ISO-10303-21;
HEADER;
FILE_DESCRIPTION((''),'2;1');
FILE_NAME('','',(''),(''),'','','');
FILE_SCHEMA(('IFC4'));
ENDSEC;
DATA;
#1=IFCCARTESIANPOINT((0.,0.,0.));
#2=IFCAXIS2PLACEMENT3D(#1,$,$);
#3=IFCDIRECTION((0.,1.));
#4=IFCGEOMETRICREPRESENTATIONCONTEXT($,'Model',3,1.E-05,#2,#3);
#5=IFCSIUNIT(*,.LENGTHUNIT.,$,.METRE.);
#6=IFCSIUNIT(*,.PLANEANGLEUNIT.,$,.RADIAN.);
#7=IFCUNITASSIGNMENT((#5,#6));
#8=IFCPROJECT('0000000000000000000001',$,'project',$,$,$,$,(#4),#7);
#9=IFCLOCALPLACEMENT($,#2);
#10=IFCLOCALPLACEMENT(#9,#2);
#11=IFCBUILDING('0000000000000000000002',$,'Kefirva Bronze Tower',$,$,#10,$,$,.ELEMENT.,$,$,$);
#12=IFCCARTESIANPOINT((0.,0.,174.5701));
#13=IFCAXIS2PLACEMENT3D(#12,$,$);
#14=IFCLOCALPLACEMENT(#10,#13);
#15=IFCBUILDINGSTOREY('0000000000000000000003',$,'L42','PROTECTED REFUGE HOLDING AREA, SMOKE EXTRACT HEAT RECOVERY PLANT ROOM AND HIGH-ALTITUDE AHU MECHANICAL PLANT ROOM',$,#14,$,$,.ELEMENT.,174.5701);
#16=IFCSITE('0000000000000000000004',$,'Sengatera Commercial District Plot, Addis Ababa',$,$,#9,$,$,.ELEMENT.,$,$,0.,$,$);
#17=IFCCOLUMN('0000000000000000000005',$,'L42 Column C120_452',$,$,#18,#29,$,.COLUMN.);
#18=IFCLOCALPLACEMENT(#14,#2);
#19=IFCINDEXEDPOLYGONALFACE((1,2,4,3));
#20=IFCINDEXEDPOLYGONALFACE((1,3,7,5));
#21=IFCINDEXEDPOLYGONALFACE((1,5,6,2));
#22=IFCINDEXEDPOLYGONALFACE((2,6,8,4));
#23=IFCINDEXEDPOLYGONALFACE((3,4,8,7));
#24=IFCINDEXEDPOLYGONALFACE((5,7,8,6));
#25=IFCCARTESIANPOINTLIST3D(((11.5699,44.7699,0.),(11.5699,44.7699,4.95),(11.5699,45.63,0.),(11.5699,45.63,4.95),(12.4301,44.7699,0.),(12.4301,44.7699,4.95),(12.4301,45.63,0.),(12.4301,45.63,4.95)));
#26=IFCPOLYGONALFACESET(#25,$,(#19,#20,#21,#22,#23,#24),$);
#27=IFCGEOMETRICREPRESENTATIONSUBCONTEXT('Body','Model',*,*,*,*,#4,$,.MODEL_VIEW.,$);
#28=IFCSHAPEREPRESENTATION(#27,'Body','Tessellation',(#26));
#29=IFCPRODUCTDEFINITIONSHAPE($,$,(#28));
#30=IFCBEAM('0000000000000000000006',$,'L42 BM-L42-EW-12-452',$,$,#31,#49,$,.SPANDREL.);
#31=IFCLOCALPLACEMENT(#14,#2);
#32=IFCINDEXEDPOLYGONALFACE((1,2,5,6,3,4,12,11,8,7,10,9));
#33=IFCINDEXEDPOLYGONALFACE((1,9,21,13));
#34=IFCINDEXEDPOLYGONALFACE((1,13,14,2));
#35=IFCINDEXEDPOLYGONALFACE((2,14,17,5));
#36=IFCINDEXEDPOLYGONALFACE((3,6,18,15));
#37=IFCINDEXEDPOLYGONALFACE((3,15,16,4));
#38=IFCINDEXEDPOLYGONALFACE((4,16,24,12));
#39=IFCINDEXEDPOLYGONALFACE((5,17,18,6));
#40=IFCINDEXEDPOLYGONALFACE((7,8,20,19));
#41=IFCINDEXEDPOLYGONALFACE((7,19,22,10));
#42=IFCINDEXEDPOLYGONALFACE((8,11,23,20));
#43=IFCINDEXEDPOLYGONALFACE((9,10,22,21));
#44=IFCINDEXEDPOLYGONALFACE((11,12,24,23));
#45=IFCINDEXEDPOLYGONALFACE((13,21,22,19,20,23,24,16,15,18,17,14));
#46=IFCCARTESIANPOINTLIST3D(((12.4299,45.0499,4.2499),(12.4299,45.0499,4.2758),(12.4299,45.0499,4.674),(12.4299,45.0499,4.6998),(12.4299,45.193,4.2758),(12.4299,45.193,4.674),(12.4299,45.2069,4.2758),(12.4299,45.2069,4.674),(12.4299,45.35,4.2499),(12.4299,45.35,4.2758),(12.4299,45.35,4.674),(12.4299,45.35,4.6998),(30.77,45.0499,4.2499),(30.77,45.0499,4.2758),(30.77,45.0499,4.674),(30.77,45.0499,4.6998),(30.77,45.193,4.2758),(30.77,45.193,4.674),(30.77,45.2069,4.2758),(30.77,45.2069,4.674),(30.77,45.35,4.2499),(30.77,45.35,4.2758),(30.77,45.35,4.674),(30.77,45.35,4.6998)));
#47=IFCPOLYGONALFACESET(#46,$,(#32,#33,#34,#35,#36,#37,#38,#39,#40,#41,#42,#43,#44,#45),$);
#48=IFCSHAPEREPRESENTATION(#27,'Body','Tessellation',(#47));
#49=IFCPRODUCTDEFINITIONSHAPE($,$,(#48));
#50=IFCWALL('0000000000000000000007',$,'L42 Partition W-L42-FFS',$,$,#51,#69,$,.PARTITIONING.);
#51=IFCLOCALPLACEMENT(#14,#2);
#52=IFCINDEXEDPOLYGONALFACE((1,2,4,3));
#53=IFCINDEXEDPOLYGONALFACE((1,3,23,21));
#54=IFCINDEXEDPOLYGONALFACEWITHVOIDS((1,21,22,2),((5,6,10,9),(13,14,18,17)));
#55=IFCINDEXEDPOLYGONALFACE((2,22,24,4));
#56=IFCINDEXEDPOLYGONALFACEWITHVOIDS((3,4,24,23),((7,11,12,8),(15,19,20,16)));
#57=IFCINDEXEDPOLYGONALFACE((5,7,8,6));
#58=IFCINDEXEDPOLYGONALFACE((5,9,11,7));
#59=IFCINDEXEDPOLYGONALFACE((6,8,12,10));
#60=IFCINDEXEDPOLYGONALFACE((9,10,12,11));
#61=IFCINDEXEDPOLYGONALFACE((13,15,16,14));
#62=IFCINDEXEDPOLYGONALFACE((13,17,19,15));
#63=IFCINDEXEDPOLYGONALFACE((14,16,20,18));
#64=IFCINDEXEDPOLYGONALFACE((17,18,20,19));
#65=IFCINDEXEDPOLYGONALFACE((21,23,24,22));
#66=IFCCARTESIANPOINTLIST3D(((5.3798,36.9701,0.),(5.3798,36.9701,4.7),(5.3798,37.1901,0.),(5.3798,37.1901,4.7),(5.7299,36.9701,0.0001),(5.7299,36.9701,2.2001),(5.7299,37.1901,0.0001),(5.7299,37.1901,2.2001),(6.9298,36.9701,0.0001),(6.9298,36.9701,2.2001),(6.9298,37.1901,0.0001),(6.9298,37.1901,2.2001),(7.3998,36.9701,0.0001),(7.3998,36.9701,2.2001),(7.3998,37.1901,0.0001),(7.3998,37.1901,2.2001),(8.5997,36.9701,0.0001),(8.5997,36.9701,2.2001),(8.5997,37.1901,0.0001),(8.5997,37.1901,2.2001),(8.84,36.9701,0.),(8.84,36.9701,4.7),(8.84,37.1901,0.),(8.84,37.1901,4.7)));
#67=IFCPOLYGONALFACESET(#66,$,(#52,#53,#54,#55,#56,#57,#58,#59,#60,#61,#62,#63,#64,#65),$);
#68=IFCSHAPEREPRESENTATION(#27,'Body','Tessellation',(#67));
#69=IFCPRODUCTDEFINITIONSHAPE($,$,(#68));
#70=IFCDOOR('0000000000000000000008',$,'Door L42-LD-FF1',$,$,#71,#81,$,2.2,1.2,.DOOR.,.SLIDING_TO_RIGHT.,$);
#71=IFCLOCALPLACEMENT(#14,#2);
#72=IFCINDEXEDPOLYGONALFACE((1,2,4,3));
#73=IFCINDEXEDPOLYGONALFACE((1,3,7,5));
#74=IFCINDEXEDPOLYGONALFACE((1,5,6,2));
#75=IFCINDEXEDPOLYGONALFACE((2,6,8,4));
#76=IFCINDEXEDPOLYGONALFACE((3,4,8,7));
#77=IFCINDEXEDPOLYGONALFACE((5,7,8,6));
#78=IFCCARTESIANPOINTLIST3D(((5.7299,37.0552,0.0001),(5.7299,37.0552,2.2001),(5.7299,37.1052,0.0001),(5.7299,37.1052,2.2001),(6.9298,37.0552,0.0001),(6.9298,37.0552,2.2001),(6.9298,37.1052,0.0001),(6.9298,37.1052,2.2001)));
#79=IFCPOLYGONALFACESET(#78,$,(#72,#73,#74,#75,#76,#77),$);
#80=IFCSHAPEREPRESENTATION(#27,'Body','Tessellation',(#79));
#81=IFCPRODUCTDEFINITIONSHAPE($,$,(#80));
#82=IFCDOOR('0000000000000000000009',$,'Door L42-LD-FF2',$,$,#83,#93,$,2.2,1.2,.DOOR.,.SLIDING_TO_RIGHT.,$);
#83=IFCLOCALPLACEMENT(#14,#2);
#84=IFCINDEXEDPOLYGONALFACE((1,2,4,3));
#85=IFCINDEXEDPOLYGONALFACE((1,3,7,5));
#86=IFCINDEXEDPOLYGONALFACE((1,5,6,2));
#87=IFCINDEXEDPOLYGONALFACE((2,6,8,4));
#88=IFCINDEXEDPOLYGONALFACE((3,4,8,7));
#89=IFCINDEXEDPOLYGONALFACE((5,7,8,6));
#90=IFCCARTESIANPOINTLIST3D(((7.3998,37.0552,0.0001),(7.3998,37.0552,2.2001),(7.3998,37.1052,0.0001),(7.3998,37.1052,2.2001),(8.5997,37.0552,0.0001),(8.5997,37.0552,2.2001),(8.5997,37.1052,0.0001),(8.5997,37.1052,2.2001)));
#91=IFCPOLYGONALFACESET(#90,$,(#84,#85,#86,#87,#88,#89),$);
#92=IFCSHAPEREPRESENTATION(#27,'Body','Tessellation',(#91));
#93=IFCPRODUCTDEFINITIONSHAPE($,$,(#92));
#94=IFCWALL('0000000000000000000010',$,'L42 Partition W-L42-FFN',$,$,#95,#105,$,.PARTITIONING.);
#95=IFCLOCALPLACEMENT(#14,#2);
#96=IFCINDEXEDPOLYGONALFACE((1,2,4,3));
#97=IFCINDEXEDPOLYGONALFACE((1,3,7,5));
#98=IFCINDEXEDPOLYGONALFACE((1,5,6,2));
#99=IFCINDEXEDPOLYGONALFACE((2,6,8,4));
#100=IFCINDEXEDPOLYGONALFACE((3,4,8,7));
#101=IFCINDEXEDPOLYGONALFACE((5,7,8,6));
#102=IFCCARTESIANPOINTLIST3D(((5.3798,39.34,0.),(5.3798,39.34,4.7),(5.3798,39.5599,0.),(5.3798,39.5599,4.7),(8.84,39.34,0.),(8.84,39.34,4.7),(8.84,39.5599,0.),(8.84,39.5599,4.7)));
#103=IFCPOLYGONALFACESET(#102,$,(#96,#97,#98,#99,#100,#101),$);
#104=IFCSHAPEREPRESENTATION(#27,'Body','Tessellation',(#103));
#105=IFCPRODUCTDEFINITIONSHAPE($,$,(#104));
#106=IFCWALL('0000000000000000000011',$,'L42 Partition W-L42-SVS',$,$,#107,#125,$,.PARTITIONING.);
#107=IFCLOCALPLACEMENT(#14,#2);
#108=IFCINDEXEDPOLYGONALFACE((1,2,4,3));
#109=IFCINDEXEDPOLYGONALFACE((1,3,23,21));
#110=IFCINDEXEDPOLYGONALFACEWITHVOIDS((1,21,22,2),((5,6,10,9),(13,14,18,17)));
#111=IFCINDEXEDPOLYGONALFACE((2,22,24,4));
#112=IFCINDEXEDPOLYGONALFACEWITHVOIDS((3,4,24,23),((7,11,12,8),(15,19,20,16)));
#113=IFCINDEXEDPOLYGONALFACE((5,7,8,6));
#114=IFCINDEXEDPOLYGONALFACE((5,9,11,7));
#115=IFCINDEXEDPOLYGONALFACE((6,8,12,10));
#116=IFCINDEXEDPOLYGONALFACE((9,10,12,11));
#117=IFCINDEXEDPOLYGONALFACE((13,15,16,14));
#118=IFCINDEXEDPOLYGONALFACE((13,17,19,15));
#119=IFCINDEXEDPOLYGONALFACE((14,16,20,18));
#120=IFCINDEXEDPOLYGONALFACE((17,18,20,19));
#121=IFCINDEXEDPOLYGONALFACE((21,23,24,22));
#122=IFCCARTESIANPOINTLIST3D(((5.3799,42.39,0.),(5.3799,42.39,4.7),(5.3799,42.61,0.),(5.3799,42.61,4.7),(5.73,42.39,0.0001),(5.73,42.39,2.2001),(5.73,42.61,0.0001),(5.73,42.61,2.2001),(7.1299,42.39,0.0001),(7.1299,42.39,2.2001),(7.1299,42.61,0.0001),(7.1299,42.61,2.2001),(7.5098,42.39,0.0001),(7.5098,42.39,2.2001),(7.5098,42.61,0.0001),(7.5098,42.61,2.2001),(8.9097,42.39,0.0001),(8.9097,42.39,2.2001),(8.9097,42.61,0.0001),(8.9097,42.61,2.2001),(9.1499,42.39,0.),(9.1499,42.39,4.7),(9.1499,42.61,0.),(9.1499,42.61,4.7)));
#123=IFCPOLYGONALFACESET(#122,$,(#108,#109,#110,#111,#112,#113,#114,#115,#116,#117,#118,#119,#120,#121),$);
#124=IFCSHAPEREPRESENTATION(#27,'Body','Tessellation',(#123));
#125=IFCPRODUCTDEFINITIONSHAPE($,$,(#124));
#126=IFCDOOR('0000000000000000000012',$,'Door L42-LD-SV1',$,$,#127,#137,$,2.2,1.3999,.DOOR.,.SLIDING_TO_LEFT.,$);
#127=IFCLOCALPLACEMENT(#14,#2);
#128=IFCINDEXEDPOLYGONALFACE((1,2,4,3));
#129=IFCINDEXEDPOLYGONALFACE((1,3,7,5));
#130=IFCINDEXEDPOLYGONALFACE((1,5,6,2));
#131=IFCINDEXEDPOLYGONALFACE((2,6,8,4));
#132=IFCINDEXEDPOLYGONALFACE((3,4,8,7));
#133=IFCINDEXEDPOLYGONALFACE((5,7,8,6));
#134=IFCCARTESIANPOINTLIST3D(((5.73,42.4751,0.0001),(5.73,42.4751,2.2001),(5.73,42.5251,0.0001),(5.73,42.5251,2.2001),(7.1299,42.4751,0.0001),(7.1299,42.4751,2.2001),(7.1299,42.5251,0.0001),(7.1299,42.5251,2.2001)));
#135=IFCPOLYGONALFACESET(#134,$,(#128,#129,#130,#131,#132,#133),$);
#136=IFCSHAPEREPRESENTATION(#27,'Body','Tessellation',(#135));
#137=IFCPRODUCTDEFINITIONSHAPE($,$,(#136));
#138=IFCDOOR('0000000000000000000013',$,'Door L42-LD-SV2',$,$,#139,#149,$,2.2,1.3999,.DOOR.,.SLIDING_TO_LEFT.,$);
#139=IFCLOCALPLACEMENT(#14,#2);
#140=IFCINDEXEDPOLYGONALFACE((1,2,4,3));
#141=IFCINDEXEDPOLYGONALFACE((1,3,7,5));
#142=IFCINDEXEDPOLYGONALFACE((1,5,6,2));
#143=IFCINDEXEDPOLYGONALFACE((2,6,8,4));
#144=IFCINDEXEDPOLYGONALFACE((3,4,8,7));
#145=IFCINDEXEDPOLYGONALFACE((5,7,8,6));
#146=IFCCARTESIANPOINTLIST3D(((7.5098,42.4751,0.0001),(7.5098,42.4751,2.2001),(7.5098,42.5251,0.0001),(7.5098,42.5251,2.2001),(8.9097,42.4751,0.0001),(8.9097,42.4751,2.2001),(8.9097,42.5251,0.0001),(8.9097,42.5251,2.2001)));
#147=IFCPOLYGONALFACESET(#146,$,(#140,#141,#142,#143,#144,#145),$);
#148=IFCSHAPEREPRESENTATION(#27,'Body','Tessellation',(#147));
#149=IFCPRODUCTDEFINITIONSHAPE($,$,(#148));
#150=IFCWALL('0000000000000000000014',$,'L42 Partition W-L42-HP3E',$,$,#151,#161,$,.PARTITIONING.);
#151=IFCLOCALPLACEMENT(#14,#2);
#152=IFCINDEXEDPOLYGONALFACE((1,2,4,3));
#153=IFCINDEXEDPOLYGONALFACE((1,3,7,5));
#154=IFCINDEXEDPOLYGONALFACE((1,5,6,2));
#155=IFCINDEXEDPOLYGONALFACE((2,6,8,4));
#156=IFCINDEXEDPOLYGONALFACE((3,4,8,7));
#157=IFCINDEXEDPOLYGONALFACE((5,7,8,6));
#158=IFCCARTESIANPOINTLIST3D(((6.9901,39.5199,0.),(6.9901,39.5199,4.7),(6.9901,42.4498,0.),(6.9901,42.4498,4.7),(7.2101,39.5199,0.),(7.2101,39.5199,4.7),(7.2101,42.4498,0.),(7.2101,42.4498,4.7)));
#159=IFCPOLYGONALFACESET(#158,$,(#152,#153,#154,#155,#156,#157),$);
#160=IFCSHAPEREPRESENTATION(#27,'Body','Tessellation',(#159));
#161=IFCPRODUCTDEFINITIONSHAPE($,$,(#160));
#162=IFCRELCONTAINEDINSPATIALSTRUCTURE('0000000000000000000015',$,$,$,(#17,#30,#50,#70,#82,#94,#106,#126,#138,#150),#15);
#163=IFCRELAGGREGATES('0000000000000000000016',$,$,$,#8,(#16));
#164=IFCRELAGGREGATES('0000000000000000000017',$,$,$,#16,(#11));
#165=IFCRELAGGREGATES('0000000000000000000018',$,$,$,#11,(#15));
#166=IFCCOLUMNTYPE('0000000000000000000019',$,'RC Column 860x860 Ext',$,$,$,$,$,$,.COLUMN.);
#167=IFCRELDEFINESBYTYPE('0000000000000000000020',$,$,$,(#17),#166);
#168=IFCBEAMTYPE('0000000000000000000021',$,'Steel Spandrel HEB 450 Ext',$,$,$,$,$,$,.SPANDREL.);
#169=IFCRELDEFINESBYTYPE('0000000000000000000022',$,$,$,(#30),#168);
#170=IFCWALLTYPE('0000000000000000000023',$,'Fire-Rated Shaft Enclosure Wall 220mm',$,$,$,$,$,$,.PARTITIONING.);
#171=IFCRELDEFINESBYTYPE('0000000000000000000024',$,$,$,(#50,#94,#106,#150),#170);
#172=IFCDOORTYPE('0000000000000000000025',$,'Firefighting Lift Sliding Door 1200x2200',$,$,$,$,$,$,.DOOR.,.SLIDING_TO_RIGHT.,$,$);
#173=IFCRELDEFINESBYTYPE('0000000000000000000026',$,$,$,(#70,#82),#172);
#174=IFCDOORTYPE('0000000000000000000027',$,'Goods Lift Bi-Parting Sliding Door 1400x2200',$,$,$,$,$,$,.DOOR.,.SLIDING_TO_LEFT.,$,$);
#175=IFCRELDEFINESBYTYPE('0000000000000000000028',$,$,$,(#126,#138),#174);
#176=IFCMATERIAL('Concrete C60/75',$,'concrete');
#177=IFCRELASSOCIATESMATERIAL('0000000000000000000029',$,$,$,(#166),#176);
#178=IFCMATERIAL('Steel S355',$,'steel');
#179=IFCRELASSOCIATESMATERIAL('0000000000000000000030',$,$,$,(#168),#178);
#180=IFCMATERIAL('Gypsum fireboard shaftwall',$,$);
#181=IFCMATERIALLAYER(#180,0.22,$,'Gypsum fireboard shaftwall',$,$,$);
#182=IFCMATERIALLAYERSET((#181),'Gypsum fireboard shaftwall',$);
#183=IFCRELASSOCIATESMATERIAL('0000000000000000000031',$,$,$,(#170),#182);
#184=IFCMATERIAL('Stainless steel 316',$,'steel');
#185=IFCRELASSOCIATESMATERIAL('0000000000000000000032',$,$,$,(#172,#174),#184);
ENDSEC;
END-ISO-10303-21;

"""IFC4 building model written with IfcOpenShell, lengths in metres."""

from ifc_helpers import new_model, si_unit, direction, frame, frame_2d, origin, origin_2d, place, context, subcontext, project, spatial, rectangle, i_section, extrude, material, layer, layer_set, material_profile, profile_set, type_object, element, fill, save


model = new_model("IFC4")

# Units and contexts
model_context = context("Model", 3, precision=1e-05, world=origin(), true_north=direction((0.0, 1.0)))
body_context = subcontext(model_context, "Body", "Model", "MODEL_VIEW")
ifc_project = project(units=[si_unit("LENGTHUNIT", "METRE"), si_unit("PLANEANGLEUNIT", "RADIAN")], contexts=[model_context])

# Site, building, storey
site_placement = place(None, origin())
site = spatial("IfcSite", under=ifc_project, at=site_placement, Name="Sengatera Commercial District Plot, Addis Ababa", CompositionType="ELEMENT", RefElevation=0.0)
building_placement = place(site_placement, origin())
building = spatial("IfcBuilding", under=site, at=building_placement, Name="Kefirva Bronze Tower", CompositionType="ELEMENT")
storey_placement = place(building_placement, frame((0.0, 0.0, 174.5701)))
storey = spatial("IfcBuildingStorey", under=building, at=storey_placement, Name="L42", Description="PROTECTED REFUGE HOLDING AREA, SMOKE EXTRACT HEAT RECOVERY PLANT ROOM AND HIGH-ALTITUDE AHU MECHANICAL PLANT ROOM", CompositionType="ELEMENT", Elevation=174.5701)

# Column
ifc_material_1 = material(Name="Concrete C60/75", Category="concrete")
ifc_material_profile_1 = material_profile(ifc_material_1, rectangle(XDim=0.8601, YDim=0.8601, at=origin_2d()), Name="RC 860x860")
ifc_profile_set_1 = profile_set([ifc_material_profile_1], Name="Concrete C60/75")
column_type = type_object("IfcColumnType", Name="RC Column 860x860 Ext", PredefinedType="COLUMN", material=ifc_profile_set_1)
column_placement = place(storey_placement, frame((12.0, 45.2, 0.0), z_axis=(0.0, 0.0, 1.0), x_axis=(1.0, 0.0, 0.0)))
element("IfcColumn", 1, at=column_placement, inside=storey, type_object=column_type, Name="L42 Column C120_452", PredefinedType="COLUMN", context=body_context, shape_type="SweptSolid", body=[
    extrude(rectangle(XDim=0.8601, YDim=0.8601, at=origin_2d()), origin(), (0.0, 0.0, 1.0), 4.95),
])

# Beam
ifc_material_2 = material(Name="Steel S355", Category="steel")
ifc_material_profile_2 = material_profile(ifc_material_2, i_section(OverallWidth=0.3, OverallDepth=0.45, WebThickness=0.0139, FlangeThickness=0.0259, at=origin_2d()), Name="HEB 450")
ifc_profile_set_2 = profile_set([ifc_material_profile_2], Name="Steel S355")
beam_type = type_object("IfcBeamType", Name="Steel Spandrel HEB 450 Ext", PredefinedType="SPANDREL", material=ifc_profile_set_2)
beam_placement = place(storey_placement, frame((12.4299, 45.2, 4.4749), z_axis=(1.0, 0.0, 0.0), x_axis=(0.0, 1.0, 0.0)))
element("IfcBeam", 2, at=beam_placement, inside=storey, type_object=beam_type, Name="L42 BM-L42-EW-12-452", PredefinedType="SPANDREL", context=body_context, shape_type="SweptSolid", body=[
    extrude(i_section(OverallWidth=0.3, OverallDepth=0.45, WebThickness=0.0139, FlangeThickness=0.0259, at=origin_2d()), origin(), (0.0, 0.0, 1.0), 18.3401),
])

# Wall, openings, doors
ifc_material_3 = material(Name="Gypsum fireboard shaftwall")
ifc_layer_1 = layer(ifc_material_3, 0.22, Name="Gypsum fireboard shaftwall")
ifc_layer_set_1 = layer_set([ifc_layer_1], Name="Gypsum fireboard shaftwall")
wall_type_1 = type_object("IfcWallType", Name="Fire-Rated Shaft Enclosure Wall 220mm", PredefinedType="PARTITIONING", material=ifc_layer_set_1)
wall_1_placement = place(storey_placement, frame((5.3799, 37.0801, 0.0), z_axis=(0.0, 0.0, 1.0), x_axis=(1.0, 0.0, 0.0)))
wall_1 = element("IfcWall", 3, at=wall_1_placement, inside=storey, type_object=wall_type_1, Name="L42 Partition W-L42-FFS", PredefinedType="PARTITIONING", context=body_context, shape_type="SweptSolid", body=[
    extrude(rectangle(XDim=3.4602, YDim=0.22, at=frame_2d((1.73, 0.0))), origin(), (0.0, 0.0, 1.0), 4.7),
])
opening_1_placement = place(wall_1_placement, frame((1.55, 0.0, 0.0), z_axis=(0.0, 0.0, 1.0), x_axis=(-1.0, 0.0, 0.0)))
opening_1 = element("IfcOpeningElement", 4, at=opening_1_placement, cuts=wall_1, PredefinedType="OPENING", context=body_context, shape_type="SweptSolid", body=[
    extrude(rectangle(XDim=1.2, YDim=2.2, at=frame_2d((0.6001, 1.1001))), frame((0.0, 0.1201, 0.0), z_axis=(0.0, -1.0, 0.0), x_axis=(1.0, 0.0, 0.0)), (0.0, 0.0, 1.0), 0.24),
])
opening_2_placement = place(wall_1_placement, frame((3.22, 0.0, 0.0), z_axis=(0.0, 0.0, 1.0), x_axis=(-1.0, 0.0, 0.0)))
opening_2 = element("IfcOpeningElement", 5, at=opening_2_placement, cuts=wall_1, PredefinedType="OPENING", context=body_context, shape_type="SweptSolid", body=[
    extrude(rectangle(XDim=1.2, YDim=2.2, at=frame_2d((0.6001, 1.1001))), frame((0.0, 0.1201, 0.0), z_axis=(0.0, -1.0, 0.0), x_axis=(1.0, 0.0, 0.0)), (0.0, 0.0, 1.0), 0.24),
])
ifc_material_4 = material(Name="Stainless steel 316", Category="steel")
door_type_1 = type_object("IfcDoorType", Name="Firefighting Lift Sliding Door 1200x2200", OperationType="SLIDING_TO_RIGHT", PredefinedType="DOOR", material=ifc_material_4)
door_1_placement = place(opening_1_placement, origin())
door_1 = element("IfcDoor", 6, at=door_1_placement, inside=storey, type_object=door_type_1, Name="Door L42-LD-FF1", OperationType="SLIDING_TO_RIGHT", OverallHeight=2.2, OverallWidth=1.2, PredefinedType="DOOR", context=body_context, shape_type="SweptSolid", body=[
    extrude(rectangle(XDim=1.2, YDim=2.2, at=frame_2d((0.6001, 1.1001))), frame((0.0, 0.0249, 0.0), z_axis=(0.0, -1.0, 0.0), x_axis=(1.0, 0.0, 0.0)), (0.0, 0.0, 1.0), 0.05),
])
fill(opening_1, door_1)
door_2_placement = place(opening_2_placement, origin())
door_2 = element("IfcDoor", 7, at=door_2_placement, inside=storey, type_object=door_type_1, Name="Door L42-LD-FF2", OperationType="SLIDING_TO_RIGHT", OverallHeight=2.2, OverallWidth=1.2, PredefinedType="DOOR", context=body_context, shape_type="SweptSolid", body=[
    extrude(rectangle(XDim=1.2, YDim=2.2, at=frame_2d((0.6001, 1.1001))), frame((0.0, 0.0249, 0.0), z_axis=(0.0, -1.0, 0.0), x_axis=(1.0, 0.0, 0.0)), (0.0, 0.0, 1.0), 0.05),
])
fill(opening_2, door_2)

# Wall
wall_2_placement = place(storey_placement, frame((5.3799, 39.45, 0.0), z_axis=(0.0, 0.0, 1.0), x_axis=(1.0, 0.0, 0.0)))
element("IfcWall", 8, at=wall_2_placement, inside=storey, type_object=wall_type_1, Name="L42 Partition W-L42-FFN", PredefinedType="PARTITIONING", context=body_context, shape_type="SweptSolid", body=[
    extrude(rectangle(XDim=3.4602, YDim=0.22, at=frame_2d((1.73, 0.0))), origin(), (0.0, 0.0, 1.0), 4.7),
])

# Wall, openings, doors
wall_3_placement = place(storey_placement, frame((5.3799, 42.5, 0.0), z_axis=(0.0, 0.0, 1.0), x_axis=(1.0, 0.0, 0.0)))
wall_3 = element("IfcWall", 9, at=wall_3_placement, inside=storey, type_object=wall_type_1, Name="L42 Partition W-L42-SVS", PredefinedType="PARTITIONING", context=body_context, shape_type="SweptSolid", body=[
    extrude(rectangle(XDim=3.77, YDim=0.22, at=frame_2d((1.885, 0.0))), origin(), (0.0, 0.0, 1.0), 4.7),
])
opening_3_placement = place(wall_3_placement, frame((1.75, 0.0, 0.0), z_axis=(0.0, 0.0, 1.0), x_axis=(-1.0, 0.0, 0.0)))
opening_3 = element("IfcOpeningElement", 10, at=opening_3_placement, cuts=wall_3, PredefinedType="OPENING", context=body_context, shape_type="SweptSolid", body=[
    extrude(rectangle(XDim=1.3999, YDim=2.2, at=frame_2d((0.7, 1.1001))), frame((0.0, 0.1201, 0.0), z_axis=(0.0, -1.0, 0.0), x_axis=(1.0, 0.0, 0.0)), (0.0, 0.0, 1.0), 0.24),
])
opening_4_placement = place(wall_3_placement, frame((3.5298, 0.0, 0.0), z_axis=(0.0, 0.0, 1.0), x_axis=(-1.0, 0.0, 0.0)))
opening_4 = element("IfcOpeningElement", 11, at=opening_4_placement, cuts=wall_3, PredefinedType="OPENING", context=body_context, shape_type="SweptSolid", body=[
    extrude(rectangle(XDim=1.3999, YDim=2.2, at=frame_2d((0.7, 1.1001))), frame((0.0, 0.1201, 0.0), z_axis=(0.0, -1.0, 0.0), x_axis=(1.0, 0.0, 0.0)), (0.0, 0.0, 1.0), 0.24),
])
door_type_2 = type_object("IfcDoorType", Name="Goods Lift Bi-Parting Sliding Door 1400x2200", OperationType="SLIDING_TO_LEFT", PredefinedType="DOOR", material=ifc_material_4)
door_3_placement = place(opening_3_placement, origin())
door_3 = element("IfcDoor", 12, at=door_3_placement, inside=storey, type_object=door_type_2, Name="Door L42-LD-SV1", OperationType="SLIDING_TO_LEFT", OverallHeight=2.2, OverallWidth=1.3999, PredefinedType="DOOR", context=body_context, shape_type="SweptSolid", body=[
    extrude(rectangle(XDim=1.3999, YDim=2.2, at=frame_2d((0.7, 1.1001))), frame((0.0, 0.0249, 0.0), z_axis=(0.0, -1.0, 0.0), x_axis=(1.0, 0.0, 0.0)), (0.0, 0.0, 1.0), 0.05),
])
fill(opening_3, door_3)
door_4_placement = place(opening_4_placement, origin())
door_4 = element("IfcDoor", 13, at=door_4_placement, inside=storey, type_object=door_type_2, Name="Door L42-LD-SV2", OperationType="SLIDING_TO_LEFT", OverallHeight=2.2, OverallWidth=1.3999, PredefinedType="DOOR", context=body_context, shape_type="SweptSolid", body=[
    extrude(rectangle(XDim=1.3999, YDim=2.2, at=frame_2d((0.7, 1.1001))), frame((0.0, 0.0249, 0.0), z_axis=(0.0, -1.0, 0.0), x_axis=(1.0, 0.0, 0.0)), (0.0, 0.0, 1.0), 0.05),
])
fill(opening_4, door_4)

# Wall
wall_4_placement = place(storey_placement, frame((7.1001, 39.52, 0.0), z_axis=(0.0, 0.0, 1.0), x_axis=(0.0, 1.0, 0.0)))
element("IfcWall", 14, at=wall_4_placement, inside=storey, type_object=wall_type_1, Name="L42 Partition W-L42-HP3E", PredefinedType="PARTITIONING", context=body_context, shape_type="SweptSolid", body=[
    extrude(rectangle(XDim=2.9299, YDim=0.22, at=frame_2d((1.4648, 0.0))), origin(), (0.0, 0.0, 1.0), 4.7),
])

save(model, "model.ifc")
